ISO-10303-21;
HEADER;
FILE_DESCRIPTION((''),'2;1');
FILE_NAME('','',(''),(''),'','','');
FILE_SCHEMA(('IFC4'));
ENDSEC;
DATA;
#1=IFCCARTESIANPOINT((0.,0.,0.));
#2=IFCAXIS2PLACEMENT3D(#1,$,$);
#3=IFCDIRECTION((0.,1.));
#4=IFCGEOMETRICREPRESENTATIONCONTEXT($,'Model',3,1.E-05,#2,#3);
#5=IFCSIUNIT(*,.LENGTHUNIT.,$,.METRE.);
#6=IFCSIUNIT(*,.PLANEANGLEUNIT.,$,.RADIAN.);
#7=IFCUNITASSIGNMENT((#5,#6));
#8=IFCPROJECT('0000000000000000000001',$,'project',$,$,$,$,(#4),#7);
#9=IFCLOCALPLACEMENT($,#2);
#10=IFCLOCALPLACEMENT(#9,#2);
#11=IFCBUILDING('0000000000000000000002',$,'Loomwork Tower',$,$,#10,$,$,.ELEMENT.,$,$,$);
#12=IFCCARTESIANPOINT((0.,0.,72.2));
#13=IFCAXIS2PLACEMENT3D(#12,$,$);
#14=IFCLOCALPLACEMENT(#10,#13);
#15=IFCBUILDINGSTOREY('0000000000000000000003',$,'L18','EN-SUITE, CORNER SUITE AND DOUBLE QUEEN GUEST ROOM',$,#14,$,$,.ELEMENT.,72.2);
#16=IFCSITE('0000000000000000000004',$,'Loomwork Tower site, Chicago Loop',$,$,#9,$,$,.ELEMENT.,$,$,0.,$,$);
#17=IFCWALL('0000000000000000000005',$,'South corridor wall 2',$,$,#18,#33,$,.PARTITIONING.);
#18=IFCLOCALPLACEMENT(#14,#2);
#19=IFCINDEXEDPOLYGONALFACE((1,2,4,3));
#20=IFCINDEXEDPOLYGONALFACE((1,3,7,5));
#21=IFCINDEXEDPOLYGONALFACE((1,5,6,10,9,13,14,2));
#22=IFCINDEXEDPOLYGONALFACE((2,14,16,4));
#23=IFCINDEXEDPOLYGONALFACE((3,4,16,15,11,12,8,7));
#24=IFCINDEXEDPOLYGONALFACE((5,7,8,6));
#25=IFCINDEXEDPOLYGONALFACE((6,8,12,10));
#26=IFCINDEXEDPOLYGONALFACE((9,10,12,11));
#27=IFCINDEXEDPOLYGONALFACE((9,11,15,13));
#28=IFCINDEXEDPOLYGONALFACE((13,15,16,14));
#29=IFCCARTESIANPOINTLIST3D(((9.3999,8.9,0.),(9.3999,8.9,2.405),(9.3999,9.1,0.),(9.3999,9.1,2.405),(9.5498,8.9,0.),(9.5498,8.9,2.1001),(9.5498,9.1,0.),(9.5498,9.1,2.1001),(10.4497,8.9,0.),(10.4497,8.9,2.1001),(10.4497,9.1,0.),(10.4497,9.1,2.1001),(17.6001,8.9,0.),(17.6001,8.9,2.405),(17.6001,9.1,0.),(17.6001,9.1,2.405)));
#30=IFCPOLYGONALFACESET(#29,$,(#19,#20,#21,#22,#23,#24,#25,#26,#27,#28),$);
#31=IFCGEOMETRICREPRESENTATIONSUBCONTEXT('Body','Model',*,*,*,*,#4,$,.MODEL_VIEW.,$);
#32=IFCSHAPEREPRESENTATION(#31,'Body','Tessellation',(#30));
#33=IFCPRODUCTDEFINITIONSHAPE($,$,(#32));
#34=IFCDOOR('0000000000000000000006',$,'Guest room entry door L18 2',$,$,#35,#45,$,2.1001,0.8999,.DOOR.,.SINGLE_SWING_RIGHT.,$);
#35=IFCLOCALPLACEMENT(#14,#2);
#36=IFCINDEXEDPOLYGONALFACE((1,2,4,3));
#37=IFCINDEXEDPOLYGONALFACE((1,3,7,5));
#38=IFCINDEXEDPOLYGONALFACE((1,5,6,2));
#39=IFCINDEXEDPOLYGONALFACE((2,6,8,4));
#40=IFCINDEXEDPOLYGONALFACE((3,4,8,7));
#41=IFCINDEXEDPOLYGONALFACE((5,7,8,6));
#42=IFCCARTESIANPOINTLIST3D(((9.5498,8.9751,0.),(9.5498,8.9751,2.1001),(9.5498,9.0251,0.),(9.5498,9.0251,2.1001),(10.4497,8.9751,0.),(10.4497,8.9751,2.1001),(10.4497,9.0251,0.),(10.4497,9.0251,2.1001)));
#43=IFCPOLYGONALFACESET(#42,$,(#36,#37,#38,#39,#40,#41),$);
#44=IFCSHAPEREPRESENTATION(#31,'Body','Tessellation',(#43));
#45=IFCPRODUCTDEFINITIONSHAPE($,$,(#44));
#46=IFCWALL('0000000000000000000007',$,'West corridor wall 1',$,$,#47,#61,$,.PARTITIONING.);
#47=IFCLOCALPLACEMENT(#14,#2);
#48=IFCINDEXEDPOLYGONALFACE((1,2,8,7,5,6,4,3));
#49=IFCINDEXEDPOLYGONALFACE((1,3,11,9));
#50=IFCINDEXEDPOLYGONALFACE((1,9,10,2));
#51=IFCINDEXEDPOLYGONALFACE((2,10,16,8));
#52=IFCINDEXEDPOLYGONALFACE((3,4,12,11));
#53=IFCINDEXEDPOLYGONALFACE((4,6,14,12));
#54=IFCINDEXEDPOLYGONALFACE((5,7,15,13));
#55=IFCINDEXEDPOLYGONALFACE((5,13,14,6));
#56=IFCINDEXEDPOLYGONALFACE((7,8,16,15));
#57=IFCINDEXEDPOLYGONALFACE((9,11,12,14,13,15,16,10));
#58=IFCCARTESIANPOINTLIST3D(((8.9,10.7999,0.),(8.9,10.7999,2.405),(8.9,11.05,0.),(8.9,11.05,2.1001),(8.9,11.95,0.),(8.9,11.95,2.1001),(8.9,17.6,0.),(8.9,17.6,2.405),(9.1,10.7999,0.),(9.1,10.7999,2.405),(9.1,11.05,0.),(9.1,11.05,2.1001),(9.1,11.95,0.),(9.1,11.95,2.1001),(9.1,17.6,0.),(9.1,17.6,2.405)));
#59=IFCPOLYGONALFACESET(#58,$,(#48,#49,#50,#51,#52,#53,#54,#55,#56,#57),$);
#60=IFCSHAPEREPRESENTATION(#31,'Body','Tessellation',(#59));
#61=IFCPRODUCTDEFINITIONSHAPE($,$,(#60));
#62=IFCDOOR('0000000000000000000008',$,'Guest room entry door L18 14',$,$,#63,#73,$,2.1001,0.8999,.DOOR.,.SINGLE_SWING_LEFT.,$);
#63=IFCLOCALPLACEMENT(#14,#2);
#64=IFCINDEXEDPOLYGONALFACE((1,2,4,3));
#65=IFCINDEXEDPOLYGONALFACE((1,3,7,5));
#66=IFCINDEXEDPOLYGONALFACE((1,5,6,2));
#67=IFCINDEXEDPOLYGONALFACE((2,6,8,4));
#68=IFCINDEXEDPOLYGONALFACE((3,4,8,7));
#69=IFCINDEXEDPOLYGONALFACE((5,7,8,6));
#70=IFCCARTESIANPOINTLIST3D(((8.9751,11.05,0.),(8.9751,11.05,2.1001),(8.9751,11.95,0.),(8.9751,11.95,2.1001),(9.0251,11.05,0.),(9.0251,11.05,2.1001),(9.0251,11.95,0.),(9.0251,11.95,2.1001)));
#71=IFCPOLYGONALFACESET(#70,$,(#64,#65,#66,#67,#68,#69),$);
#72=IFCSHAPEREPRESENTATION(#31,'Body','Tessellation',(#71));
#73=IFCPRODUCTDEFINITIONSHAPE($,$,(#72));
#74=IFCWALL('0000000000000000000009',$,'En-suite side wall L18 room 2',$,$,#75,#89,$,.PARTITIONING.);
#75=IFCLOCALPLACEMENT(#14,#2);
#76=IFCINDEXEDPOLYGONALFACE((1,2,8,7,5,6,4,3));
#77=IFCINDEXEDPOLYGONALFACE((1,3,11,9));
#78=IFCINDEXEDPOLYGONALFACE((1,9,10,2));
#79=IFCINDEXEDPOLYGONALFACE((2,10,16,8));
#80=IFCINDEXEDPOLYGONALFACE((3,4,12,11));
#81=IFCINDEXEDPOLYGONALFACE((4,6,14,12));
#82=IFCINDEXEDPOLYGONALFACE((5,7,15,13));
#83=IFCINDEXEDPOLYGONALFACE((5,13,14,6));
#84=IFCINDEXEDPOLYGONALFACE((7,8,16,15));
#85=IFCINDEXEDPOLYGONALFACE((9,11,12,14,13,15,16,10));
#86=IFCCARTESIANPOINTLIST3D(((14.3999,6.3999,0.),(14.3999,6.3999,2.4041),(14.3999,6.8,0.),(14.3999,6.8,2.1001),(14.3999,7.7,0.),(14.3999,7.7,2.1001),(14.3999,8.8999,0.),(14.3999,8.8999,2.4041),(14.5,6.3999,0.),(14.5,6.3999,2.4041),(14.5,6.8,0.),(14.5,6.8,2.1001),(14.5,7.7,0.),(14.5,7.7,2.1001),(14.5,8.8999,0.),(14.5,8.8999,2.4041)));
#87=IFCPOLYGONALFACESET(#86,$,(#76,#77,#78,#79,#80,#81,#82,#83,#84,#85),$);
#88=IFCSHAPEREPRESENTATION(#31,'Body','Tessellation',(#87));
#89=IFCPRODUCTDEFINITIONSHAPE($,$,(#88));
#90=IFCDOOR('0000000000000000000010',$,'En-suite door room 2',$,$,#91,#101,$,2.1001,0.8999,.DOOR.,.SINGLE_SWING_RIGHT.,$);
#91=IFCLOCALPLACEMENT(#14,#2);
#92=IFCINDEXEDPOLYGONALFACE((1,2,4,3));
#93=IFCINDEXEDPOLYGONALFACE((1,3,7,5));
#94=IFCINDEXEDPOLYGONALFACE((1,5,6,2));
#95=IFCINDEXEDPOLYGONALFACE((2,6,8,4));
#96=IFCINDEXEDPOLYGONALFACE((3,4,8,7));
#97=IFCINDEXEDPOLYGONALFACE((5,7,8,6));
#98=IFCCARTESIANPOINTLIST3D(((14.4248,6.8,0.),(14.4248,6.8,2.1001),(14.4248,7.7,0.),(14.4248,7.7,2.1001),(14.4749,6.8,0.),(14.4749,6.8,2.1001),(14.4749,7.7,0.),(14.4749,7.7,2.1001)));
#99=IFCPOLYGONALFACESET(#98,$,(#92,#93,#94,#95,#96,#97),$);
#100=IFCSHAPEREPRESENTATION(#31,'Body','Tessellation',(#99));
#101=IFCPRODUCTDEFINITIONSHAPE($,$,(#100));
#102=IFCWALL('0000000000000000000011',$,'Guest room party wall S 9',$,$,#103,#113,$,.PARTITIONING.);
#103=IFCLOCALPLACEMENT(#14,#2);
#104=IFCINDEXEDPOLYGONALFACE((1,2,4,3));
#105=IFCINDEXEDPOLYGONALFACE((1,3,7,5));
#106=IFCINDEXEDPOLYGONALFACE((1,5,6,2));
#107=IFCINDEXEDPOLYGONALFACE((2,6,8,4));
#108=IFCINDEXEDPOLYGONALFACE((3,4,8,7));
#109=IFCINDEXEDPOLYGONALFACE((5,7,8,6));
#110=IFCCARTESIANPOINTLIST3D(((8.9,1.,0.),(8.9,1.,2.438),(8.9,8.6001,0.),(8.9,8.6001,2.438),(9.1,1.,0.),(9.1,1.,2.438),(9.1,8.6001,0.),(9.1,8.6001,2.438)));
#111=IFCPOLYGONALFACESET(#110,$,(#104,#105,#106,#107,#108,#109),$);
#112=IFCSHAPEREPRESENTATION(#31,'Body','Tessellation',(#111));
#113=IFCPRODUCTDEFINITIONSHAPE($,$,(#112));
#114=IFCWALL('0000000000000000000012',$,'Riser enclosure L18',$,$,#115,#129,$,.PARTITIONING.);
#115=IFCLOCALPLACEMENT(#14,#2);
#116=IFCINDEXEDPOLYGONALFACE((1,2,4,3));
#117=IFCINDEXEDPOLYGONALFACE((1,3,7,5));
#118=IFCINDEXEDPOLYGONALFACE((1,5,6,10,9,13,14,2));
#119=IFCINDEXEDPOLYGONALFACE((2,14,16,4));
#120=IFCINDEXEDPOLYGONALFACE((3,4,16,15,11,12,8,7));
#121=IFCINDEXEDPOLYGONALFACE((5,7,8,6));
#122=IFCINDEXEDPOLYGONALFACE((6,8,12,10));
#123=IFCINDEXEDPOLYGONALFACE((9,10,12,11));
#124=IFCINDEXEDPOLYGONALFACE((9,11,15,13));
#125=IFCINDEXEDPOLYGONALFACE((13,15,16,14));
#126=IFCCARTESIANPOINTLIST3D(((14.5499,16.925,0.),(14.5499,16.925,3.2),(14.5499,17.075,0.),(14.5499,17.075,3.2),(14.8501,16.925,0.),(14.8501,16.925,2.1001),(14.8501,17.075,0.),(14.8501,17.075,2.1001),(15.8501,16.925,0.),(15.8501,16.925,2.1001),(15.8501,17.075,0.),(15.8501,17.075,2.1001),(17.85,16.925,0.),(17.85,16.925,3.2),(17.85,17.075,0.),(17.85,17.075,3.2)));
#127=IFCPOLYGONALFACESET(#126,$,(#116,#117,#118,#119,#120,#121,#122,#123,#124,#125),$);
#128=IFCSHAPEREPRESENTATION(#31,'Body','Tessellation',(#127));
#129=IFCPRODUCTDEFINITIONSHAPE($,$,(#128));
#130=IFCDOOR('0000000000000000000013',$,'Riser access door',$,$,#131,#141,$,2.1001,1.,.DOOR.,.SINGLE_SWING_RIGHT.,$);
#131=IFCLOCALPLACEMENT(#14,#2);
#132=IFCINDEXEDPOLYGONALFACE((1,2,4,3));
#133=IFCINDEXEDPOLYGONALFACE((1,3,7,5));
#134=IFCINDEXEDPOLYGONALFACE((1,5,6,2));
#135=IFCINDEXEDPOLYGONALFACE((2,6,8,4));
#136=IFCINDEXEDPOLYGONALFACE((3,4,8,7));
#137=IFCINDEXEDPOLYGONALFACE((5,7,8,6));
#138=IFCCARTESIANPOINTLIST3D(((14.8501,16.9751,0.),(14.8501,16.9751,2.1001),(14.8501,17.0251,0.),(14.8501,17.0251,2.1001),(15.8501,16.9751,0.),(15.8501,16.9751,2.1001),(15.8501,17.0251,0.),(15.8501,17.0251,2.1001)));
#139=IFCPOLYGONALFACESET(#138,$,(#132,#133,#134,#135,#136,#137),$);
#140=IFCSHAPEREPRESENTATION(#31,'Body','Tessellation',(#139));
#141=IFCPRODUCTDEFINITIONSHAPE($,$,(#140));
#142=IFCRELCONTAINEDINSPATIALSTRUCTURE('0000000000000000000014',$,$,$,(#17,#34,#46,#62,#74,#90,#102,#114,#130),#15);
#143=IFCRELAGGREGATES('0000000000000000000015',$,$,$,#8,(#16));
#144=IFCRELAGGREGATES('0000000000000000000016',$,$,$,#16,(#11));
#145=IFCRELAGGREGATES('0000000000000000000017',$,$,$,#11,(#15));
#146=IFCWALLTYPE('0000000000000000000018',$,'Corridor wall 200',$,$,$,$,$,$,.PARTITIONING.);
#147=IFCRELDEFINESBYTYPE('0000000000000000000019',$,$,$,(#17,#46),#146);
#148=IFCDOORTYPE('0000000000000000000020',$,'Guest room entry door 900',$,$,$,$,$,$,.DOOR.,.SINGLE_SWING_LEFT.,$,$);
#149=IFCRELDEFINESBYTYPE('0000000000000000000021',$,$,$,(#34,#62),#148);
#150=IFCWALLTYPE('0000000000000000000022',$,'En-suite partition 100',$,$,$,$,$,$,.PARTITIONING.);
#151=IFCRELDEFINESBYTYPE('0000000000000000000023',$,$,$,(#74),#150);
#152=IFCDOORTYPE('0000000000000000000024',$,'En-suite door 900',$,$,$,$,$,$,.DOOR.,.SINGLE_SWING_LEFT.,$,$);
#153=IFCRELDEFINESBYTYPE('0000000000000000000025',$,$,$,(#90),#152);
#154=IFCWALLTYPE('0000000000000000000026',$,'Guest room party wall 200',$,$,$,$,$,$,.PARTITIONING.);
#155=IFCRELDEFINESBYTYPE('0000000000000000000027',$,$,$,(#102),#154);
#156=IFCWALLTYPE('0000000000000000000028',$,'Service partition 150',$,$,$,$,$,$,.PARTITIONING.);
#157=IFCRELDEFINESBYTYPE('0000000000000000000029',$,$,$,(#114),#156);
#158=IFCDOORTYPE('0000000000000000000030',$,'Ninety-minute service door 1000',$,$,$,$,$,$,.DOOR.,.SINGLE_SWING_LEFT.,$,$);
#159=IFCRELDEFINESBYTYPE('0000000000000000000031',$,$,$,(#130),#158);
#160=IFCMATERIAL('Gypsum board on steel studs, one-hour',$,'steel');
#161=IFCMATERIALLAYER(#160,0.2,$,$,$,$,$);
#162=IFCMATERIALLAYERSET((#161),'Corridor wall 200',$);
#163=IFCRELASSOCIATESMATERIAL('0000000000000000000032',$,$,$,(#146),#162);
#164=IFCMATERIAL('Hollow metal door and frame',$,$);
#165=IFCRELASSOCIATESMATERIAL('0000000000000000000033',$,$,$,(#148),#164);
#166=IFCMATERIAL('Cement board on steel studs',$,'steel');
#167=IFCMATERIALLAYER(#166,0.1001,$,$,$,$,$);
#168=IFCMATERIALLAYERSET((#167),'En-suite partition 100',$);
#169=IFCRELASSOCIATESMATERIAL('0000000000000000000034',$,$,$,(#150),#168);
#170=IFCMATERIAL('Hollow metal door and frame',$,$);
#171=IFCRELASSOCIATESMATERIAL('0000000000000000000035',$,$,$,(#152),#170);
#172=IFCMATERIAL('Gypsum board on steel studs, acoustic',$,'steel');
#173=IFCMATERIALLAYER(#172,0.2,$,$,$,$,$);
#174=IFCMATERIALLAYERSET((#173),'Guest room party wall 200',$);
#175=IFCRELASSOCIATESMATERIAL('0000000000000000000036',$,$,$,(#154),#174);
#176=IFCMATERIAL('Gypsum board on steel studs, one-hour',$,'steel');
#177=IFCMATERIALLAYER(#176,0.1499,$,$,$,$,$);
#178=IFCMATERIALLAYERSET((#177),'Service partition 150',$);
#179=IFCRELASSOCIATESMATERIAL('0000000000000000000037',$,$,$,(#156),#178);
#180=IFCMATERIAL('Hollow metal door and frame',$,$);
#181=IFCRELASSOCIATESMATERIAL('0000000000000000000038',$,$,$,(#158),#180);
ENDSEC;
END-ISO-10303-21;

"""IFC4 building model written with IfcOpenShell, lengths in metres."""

from ifc_helpers import new_model, si_unit, direction, frame, frame_2d, origin, place, context, subcontext, project, spatial, rectangle, extrude, material, layer, layer_set, type_object, element, fill, save


model = new_model("IFC4")

# Units and contexts
model_context = context("Model", 3, precision=1e-05, world=origin(), true_north=direction((0.0, 1.0)))
body_context = subcontext(model_context, "Body", "Model", "MODEL_VIEW")
ifc_project = project(units=[si_unit("LENGTHUNIT", "METRE"), si_unit("PLANEANGLEUNIT", "RADIAN")], contexts=[model_context])

# Site, building, storey
site_placement = place(None, origin())
site = spatial("IfcSite", under=ifc_project, at=site_placement, Name="Loomwork Tower site, Chicago Loop", CompositionType="ELEMENT", RefElevation=0.0)
building_placement = place(site_placement, origin())
building = spatial("IfcBuilding", under=site, at=building_placement, Name="Loomwork Tower", CompositionType="ELEMENT")
storey_placement = place(building_placement, frame((0.0, 0.0, 72.2)))
storey = spatial("IfcBuildingStorey", under=building, at=storey_placement, Name="L18", Description="EN-SUITE, CORNER SUITE AND DOUBLE QUEEN GUEST ROOM", CompositionType="ELEMENT", Elevation=72.2)

# Walls, openings, doors
ifc_material_1 = material(Name="Gypsum board on steel studs, one-hour", Category="steel")
ifc_layer_1 = layer(ifc_material_1, 0.2)
ifc_layer_set_1 = layer_set([ifc_layer_1], Name="Corridor wall 200")
wall_type_1 = type_object("IfcWallType", Name="Corridor wall 200", PredefinedType="PARTITIONING", material=ifc_layer_set_1)
wall_1_placement = place(storey_placement, frame((9.3999, 9.0, 0.0), z_axis=(0.0, 0.0, 1.0), x_axis=(1.0, 0.0, 0.0)))
wall_1 = element("IfcWall", 1, at=wall_1_placement, inside=storey, type_object=wall_type_1, Name="South corridor wall 2", PredefinedType="PARTITIONING", context=body_context, shape_type="SweptSolid", body=[
    extrude(rectangle(XDim=8.2002, YDim=0.2, at=frame_2d((4.1001, 0.0))), origin(), (0.0, 0.0, 1.0), 2.405),
])
opening_1_placement = place(wall_1_placement, frame((0.1499, 0.0, 0.0)))
opening_1 = element("IfcOpeningElement", 2, at=opening_1_placement, cuts=wall_1, PredefinedType="OPENING", context=body_context, shape_type="SweptSolid", body=[
    extrude(rectangle(XDim=0.8999, YDim=2.1001, at=frame_2d((0.45, 1.05))), frame((0.0, 0.1099, 0.0), z_axis=(0.0, -1.0, 0.0), x_axis=(1.0, 0.0, 0.0)), (0.0, 0.0, 1.0), 0.22),
])
ifc_material_2 = material(Name="Hollow metal door and frame")
door_type_1 = type_object("IfcDoorType", Name="Guest room entry door 900", OperationType="SINGLE_SWING_LEFT", PredefinedType="DOOR", material=ifc_material_2)
door_1_placement = place(opening_1_placement, frame((0.8999, 0.0, 0.0), z_axis=(0.0, 0.0, 1.0), x_axis=(-1.0, 0.0, 0.0)))
door_1 = element("IfcDoor", 3, at=door_1_placement, inside=storey, type_object=door_type_1, Name="Guest room entry door L18 2", OperationType="SINGLE_SWING_RIGHT", OverallHeight=2.1001, OverallWidth=0.8999, PredefinedType="DOOR", context=body_context, shape_type="SweptSolid", body=[
    extrude(rectangle(XDim=0.8999, YDim=2.1001, at=frame_2d((0.45, 1.05))), frame((0.0, 0.0249, 0.0), z_axis=(0.0, -1.0, 0.0), x_axis=(1.0, 0.0, 0.0)), (0.0, 0.0, 1.0), 0.05),
])
fill(opening_1, door_1)
wall_2_placement = place(storey_placement, frame((9.0, 10.8, 0.0), z_axis=(0.0, 0.0, 1.0), x_axis=(0.0, 1.0, 0.0)))
wall_2 = element("IfcWall", 4, at=wall_2_placement, inside=storey, type_object=wall_type_1, Name="West corridor wall 1", PredefinedType="PARTITIONING", context=body_context, shape_type="SweptSolid", body=[
    extrude(rectangle(XDim=6.8, YDim=0.2, at=frame_2d((3.3999, 0.0))), origin(), (0.0, 0.0, 1.0), 2.405),
])
opening_2_placement = place(wall_2_placement, frame((0.25, 0.0, 0.0)))
opening_2 = element("IfcOpeningElement", 5, at=opening_2_placement, cuts=wall_2, PredefinedType="OPENING", context=body_context, shape_type="SweptSolid", body=[
    extrude(rectangle(XDim=0.8999, YDim=2.1001, at=frame_2d((0.45, 1.05))), frame((0.0, 0.1099, 0.0), z_axis=(0.0, -1.0, 0.0), x_axis=(1.0, 0.0, 0.0)), (0.0, 0.0, 1.0), 0.22),
])
door_2_placement = place(opening_2_placement, origin())
door_2 = element("IfcDoor", 6, at=door_2_placement, inside=storey, type_object=door_type_1, Name="Guest room entry door L18 14", OperationType="SINGLE_SWING_LEFT", OverallHeight=2.1001, OverallWidth=0.8999, PredefinedType="DOOR", context=body_context, shape_type="SweptSolid", body=[
    extrude(rectangle(XDim=0.8999, YDim=2.1001, at=frame_2d((0.45, 1.05))), frame((0.0, 0.0249, 0.0), z_axis=(0.0, -1.0, 0.0), x_axis=(1.0, 0.0, 0.0)), (0.0, 0.0, 1.0), 0.05),
])
fill(opening_2, door_2)
ifc_material_3 = material(Name="Cement board on steel studs", Category="steel")
ifc_layer_2 = layer(ifc_material_3, 0.1001)
ifc_layer_set_2 = layer_set([ifc_layer_2], Name="En-suite partition 100")
wall_type_2 = type_object("IfcWallType", Name="En-suite partition 100", PredefinedType="PARTITIONING", material=ifc_layer_set_2)
wall_3_placement = place(storey_placement, frame((14.45, 8.8999, 0.0), z_axis=(0.0, 0.0, 1.0), x_axis=(0.0, -1.0, 0.0)))
wall_3 = element("IfcWall", 7, at=wall_3_placement, inside=storey, type_object=wall_type_2, Name="En-suite side wall L18 room 2", PredefinedType="PARTITIONING", context=body_context, shape_type="SweptSolid", body=[
    extrude(rectangle(XDim=2.5, YDim=0.1001, at=frame_2d((1.25, 0.0))), origin(), (0.0, 0.0, 1.0), 2.4041),
])
opening_3_placement = place(wall_3_placement, frame((1.2, 0.0, 0.0)))
opening_3 = element("IfcOpeningElement", 8, at=opening_3_placement, cuts=wall_3, PredefinedType="OPENING", context=body_context, shape_type="SweptSolid", body=[
    extrude(rectangle(XDim=0.8999, YDim=2.1001, at=frame_2d((0.45, 1.05))), frame((0.0, 0.0601, 0.0), z_axis=(0.0, -1.0, 0.0), x_axis=(1.0, 0.0, 0.0)), (0.0, 0.0, 1.0), 0.1201),
])
ifc_material_4 = material(Name="Hollow metal door and frame")
door_type_2 = type_object("IfcDoorType", Name="En-suite door 900", OperationType="SINGLE_SWING_LEFT", PredefinedType="DOOR", material=ifc_material_4)
door_3_placement = place(opening_3_placement, origin())
door_3 = element("IfcDoor", 9, at=door_3_placement, inside=storey, type_object=door_type_2, Name="En-suite door room 2", OperationType="SINGLE_SWING_RIGHT", OverallHeight=2.1001, OverallWidth=0.8999, PredefinedType="DOOR", context=body_context, shape_type="SweptSolid", body=[
    extrude(rectangle(XDim=0.8999, YDim=2.1001, at=frame_2d((0.45, 1.05))), frame((0.0, 0.0249, 0.0), z_axis=(0.0, -1.0, 0.0), x_axis=(1.0, 0.0, 0.0)), (0.0, 0.0, 1.0), 0.05),
])
fill(opening_3, door_3)

# Wall
ifc_material_5 = material(Name="Gypsum board on steel studs, acoustic", Category="steel")
ifc_layer_3 = layer(ifc_material_5, 0.2)
ifc_layer_set_3 = layer_set([ifc_layer_3], Name="Guest room party wall 200")
wall_type_3 = type_object("IfcWallType", Name="Guest room party wall 200", PredefinedType="PARTITIONING", material=ifc_layer_set_3)
wall_4_placement = place(storey_placement, frame((9.0, 8.6001, 0.0), z_axis=(0.0, 0.0, 1.0), x_axis=(0.0, -1.0, 0.0)))
element("IfcWall", 10, at=wall_4_placement, inside=storey, type_object=wall_type_3, Name="Guest room party wall S 9", PredefinedType="PARTITIONING", context=body_context, shape_type="SweptSolid", body=[
    extrude(rectangle(XDim=7.6001, YDim=0.2, at=frame_2d((3.8, 0.0))), origin(), (0.0, 0.0, 1.0), 2.438),
])

# Wall, opening, door
ifc_material_6 = material(Name="Gypsum board on steel studs, one-hour", Category="steel")
ifc_layer_4 = layer(ifc_material_6, 0.1499)
ifc_layer_set_4 = layer_set([ifc_layer_4], Name="Service partition 150")
wall_type_4 = type_object("IfcWallType", Name="Service partition 150", PredefinedType="PARTITIONING", material=ifc_layer_set_4)
wall_5_placement = place(storey_placement, frame((14.55, 17.0, 0.0), z_axis=(0.0, 0.0, 1.0), x_axis=(1.0, 0.0, 0.0)))
wall_5 = element("IfcWall", 11, at=wall_5_placement, inside=storey, type_object=wall_type_4, Name="Riser enclosure L18", PredefinedType="PARTITIONING", context=body_context, shape_type="SweptSolid", body=[
    extrude(rectangle(XDim=3.3, YDim=0.1499, at=frame_2d((1.6499, 0.0))), origin(), (0.0, 0.0, 1.0), 3.2),
])
opening_4_placement = place(wall_5_placement, frame((0.3, 0.0, 0.0)))
opening_4 = element("IfcOpeningElement", 12, at=opening_4_placement, cuts=wall_5, PredefinedType="OPENING", context=body_context, shape_type="SweptSolid", body=[
    extrude(rectangle(XDim=1.0, YDim=2.1001, at=frame_2d((0.5, 1.05))), frame((0.0, 0.085, 0.0), z_axis=(0.0, -1.0, 0.0), x_axis=(1.0, 0.0, 0.0)), (0.0, 0.0, 1.0), 0.1699),
])
ifc_material_7 = material(Name="Hollow metal door and frame")
door_type_3 = type_object("IfcDoorType", Name="Ninety-minute service door 1000", OperationType="SINGLE_SWING_LEFT", PredefinedType="DOOR", material=ifc_material_7)
door_4_placement = place(opening_4_placement, frame((1.0, 0.0, 0.0), z_axis=(0.0, 0.0, 1.0), x_axis=(-1.0, 0.0, 0.0)))
door_4 = element("IfcDoor", 13, at=door_4_placement, inside=storey, type_object=door_type_3, Name="Riser access door", OperationType="SINGLE_SWING_RIGHT", OverallHeight=2.1001, OverallWidth=1.0, PredefinedType="DOOR", context=body_context, shape_type="SweptSolid", body=[
    extrude(rectangle(XDim=1.0, YDim=2.1001, at=frame_2d((0.5, 1.05))), frame((0.0, 0.0249, 0.0), z_axis=(0.0, -1.0, 0.0), x_axis=(1.0, 0.0, 0.0)), (0.0, 0.0, 1.0), 0.05),
])
fill(opening_4, door_4)

save(model, "model.ifc")
